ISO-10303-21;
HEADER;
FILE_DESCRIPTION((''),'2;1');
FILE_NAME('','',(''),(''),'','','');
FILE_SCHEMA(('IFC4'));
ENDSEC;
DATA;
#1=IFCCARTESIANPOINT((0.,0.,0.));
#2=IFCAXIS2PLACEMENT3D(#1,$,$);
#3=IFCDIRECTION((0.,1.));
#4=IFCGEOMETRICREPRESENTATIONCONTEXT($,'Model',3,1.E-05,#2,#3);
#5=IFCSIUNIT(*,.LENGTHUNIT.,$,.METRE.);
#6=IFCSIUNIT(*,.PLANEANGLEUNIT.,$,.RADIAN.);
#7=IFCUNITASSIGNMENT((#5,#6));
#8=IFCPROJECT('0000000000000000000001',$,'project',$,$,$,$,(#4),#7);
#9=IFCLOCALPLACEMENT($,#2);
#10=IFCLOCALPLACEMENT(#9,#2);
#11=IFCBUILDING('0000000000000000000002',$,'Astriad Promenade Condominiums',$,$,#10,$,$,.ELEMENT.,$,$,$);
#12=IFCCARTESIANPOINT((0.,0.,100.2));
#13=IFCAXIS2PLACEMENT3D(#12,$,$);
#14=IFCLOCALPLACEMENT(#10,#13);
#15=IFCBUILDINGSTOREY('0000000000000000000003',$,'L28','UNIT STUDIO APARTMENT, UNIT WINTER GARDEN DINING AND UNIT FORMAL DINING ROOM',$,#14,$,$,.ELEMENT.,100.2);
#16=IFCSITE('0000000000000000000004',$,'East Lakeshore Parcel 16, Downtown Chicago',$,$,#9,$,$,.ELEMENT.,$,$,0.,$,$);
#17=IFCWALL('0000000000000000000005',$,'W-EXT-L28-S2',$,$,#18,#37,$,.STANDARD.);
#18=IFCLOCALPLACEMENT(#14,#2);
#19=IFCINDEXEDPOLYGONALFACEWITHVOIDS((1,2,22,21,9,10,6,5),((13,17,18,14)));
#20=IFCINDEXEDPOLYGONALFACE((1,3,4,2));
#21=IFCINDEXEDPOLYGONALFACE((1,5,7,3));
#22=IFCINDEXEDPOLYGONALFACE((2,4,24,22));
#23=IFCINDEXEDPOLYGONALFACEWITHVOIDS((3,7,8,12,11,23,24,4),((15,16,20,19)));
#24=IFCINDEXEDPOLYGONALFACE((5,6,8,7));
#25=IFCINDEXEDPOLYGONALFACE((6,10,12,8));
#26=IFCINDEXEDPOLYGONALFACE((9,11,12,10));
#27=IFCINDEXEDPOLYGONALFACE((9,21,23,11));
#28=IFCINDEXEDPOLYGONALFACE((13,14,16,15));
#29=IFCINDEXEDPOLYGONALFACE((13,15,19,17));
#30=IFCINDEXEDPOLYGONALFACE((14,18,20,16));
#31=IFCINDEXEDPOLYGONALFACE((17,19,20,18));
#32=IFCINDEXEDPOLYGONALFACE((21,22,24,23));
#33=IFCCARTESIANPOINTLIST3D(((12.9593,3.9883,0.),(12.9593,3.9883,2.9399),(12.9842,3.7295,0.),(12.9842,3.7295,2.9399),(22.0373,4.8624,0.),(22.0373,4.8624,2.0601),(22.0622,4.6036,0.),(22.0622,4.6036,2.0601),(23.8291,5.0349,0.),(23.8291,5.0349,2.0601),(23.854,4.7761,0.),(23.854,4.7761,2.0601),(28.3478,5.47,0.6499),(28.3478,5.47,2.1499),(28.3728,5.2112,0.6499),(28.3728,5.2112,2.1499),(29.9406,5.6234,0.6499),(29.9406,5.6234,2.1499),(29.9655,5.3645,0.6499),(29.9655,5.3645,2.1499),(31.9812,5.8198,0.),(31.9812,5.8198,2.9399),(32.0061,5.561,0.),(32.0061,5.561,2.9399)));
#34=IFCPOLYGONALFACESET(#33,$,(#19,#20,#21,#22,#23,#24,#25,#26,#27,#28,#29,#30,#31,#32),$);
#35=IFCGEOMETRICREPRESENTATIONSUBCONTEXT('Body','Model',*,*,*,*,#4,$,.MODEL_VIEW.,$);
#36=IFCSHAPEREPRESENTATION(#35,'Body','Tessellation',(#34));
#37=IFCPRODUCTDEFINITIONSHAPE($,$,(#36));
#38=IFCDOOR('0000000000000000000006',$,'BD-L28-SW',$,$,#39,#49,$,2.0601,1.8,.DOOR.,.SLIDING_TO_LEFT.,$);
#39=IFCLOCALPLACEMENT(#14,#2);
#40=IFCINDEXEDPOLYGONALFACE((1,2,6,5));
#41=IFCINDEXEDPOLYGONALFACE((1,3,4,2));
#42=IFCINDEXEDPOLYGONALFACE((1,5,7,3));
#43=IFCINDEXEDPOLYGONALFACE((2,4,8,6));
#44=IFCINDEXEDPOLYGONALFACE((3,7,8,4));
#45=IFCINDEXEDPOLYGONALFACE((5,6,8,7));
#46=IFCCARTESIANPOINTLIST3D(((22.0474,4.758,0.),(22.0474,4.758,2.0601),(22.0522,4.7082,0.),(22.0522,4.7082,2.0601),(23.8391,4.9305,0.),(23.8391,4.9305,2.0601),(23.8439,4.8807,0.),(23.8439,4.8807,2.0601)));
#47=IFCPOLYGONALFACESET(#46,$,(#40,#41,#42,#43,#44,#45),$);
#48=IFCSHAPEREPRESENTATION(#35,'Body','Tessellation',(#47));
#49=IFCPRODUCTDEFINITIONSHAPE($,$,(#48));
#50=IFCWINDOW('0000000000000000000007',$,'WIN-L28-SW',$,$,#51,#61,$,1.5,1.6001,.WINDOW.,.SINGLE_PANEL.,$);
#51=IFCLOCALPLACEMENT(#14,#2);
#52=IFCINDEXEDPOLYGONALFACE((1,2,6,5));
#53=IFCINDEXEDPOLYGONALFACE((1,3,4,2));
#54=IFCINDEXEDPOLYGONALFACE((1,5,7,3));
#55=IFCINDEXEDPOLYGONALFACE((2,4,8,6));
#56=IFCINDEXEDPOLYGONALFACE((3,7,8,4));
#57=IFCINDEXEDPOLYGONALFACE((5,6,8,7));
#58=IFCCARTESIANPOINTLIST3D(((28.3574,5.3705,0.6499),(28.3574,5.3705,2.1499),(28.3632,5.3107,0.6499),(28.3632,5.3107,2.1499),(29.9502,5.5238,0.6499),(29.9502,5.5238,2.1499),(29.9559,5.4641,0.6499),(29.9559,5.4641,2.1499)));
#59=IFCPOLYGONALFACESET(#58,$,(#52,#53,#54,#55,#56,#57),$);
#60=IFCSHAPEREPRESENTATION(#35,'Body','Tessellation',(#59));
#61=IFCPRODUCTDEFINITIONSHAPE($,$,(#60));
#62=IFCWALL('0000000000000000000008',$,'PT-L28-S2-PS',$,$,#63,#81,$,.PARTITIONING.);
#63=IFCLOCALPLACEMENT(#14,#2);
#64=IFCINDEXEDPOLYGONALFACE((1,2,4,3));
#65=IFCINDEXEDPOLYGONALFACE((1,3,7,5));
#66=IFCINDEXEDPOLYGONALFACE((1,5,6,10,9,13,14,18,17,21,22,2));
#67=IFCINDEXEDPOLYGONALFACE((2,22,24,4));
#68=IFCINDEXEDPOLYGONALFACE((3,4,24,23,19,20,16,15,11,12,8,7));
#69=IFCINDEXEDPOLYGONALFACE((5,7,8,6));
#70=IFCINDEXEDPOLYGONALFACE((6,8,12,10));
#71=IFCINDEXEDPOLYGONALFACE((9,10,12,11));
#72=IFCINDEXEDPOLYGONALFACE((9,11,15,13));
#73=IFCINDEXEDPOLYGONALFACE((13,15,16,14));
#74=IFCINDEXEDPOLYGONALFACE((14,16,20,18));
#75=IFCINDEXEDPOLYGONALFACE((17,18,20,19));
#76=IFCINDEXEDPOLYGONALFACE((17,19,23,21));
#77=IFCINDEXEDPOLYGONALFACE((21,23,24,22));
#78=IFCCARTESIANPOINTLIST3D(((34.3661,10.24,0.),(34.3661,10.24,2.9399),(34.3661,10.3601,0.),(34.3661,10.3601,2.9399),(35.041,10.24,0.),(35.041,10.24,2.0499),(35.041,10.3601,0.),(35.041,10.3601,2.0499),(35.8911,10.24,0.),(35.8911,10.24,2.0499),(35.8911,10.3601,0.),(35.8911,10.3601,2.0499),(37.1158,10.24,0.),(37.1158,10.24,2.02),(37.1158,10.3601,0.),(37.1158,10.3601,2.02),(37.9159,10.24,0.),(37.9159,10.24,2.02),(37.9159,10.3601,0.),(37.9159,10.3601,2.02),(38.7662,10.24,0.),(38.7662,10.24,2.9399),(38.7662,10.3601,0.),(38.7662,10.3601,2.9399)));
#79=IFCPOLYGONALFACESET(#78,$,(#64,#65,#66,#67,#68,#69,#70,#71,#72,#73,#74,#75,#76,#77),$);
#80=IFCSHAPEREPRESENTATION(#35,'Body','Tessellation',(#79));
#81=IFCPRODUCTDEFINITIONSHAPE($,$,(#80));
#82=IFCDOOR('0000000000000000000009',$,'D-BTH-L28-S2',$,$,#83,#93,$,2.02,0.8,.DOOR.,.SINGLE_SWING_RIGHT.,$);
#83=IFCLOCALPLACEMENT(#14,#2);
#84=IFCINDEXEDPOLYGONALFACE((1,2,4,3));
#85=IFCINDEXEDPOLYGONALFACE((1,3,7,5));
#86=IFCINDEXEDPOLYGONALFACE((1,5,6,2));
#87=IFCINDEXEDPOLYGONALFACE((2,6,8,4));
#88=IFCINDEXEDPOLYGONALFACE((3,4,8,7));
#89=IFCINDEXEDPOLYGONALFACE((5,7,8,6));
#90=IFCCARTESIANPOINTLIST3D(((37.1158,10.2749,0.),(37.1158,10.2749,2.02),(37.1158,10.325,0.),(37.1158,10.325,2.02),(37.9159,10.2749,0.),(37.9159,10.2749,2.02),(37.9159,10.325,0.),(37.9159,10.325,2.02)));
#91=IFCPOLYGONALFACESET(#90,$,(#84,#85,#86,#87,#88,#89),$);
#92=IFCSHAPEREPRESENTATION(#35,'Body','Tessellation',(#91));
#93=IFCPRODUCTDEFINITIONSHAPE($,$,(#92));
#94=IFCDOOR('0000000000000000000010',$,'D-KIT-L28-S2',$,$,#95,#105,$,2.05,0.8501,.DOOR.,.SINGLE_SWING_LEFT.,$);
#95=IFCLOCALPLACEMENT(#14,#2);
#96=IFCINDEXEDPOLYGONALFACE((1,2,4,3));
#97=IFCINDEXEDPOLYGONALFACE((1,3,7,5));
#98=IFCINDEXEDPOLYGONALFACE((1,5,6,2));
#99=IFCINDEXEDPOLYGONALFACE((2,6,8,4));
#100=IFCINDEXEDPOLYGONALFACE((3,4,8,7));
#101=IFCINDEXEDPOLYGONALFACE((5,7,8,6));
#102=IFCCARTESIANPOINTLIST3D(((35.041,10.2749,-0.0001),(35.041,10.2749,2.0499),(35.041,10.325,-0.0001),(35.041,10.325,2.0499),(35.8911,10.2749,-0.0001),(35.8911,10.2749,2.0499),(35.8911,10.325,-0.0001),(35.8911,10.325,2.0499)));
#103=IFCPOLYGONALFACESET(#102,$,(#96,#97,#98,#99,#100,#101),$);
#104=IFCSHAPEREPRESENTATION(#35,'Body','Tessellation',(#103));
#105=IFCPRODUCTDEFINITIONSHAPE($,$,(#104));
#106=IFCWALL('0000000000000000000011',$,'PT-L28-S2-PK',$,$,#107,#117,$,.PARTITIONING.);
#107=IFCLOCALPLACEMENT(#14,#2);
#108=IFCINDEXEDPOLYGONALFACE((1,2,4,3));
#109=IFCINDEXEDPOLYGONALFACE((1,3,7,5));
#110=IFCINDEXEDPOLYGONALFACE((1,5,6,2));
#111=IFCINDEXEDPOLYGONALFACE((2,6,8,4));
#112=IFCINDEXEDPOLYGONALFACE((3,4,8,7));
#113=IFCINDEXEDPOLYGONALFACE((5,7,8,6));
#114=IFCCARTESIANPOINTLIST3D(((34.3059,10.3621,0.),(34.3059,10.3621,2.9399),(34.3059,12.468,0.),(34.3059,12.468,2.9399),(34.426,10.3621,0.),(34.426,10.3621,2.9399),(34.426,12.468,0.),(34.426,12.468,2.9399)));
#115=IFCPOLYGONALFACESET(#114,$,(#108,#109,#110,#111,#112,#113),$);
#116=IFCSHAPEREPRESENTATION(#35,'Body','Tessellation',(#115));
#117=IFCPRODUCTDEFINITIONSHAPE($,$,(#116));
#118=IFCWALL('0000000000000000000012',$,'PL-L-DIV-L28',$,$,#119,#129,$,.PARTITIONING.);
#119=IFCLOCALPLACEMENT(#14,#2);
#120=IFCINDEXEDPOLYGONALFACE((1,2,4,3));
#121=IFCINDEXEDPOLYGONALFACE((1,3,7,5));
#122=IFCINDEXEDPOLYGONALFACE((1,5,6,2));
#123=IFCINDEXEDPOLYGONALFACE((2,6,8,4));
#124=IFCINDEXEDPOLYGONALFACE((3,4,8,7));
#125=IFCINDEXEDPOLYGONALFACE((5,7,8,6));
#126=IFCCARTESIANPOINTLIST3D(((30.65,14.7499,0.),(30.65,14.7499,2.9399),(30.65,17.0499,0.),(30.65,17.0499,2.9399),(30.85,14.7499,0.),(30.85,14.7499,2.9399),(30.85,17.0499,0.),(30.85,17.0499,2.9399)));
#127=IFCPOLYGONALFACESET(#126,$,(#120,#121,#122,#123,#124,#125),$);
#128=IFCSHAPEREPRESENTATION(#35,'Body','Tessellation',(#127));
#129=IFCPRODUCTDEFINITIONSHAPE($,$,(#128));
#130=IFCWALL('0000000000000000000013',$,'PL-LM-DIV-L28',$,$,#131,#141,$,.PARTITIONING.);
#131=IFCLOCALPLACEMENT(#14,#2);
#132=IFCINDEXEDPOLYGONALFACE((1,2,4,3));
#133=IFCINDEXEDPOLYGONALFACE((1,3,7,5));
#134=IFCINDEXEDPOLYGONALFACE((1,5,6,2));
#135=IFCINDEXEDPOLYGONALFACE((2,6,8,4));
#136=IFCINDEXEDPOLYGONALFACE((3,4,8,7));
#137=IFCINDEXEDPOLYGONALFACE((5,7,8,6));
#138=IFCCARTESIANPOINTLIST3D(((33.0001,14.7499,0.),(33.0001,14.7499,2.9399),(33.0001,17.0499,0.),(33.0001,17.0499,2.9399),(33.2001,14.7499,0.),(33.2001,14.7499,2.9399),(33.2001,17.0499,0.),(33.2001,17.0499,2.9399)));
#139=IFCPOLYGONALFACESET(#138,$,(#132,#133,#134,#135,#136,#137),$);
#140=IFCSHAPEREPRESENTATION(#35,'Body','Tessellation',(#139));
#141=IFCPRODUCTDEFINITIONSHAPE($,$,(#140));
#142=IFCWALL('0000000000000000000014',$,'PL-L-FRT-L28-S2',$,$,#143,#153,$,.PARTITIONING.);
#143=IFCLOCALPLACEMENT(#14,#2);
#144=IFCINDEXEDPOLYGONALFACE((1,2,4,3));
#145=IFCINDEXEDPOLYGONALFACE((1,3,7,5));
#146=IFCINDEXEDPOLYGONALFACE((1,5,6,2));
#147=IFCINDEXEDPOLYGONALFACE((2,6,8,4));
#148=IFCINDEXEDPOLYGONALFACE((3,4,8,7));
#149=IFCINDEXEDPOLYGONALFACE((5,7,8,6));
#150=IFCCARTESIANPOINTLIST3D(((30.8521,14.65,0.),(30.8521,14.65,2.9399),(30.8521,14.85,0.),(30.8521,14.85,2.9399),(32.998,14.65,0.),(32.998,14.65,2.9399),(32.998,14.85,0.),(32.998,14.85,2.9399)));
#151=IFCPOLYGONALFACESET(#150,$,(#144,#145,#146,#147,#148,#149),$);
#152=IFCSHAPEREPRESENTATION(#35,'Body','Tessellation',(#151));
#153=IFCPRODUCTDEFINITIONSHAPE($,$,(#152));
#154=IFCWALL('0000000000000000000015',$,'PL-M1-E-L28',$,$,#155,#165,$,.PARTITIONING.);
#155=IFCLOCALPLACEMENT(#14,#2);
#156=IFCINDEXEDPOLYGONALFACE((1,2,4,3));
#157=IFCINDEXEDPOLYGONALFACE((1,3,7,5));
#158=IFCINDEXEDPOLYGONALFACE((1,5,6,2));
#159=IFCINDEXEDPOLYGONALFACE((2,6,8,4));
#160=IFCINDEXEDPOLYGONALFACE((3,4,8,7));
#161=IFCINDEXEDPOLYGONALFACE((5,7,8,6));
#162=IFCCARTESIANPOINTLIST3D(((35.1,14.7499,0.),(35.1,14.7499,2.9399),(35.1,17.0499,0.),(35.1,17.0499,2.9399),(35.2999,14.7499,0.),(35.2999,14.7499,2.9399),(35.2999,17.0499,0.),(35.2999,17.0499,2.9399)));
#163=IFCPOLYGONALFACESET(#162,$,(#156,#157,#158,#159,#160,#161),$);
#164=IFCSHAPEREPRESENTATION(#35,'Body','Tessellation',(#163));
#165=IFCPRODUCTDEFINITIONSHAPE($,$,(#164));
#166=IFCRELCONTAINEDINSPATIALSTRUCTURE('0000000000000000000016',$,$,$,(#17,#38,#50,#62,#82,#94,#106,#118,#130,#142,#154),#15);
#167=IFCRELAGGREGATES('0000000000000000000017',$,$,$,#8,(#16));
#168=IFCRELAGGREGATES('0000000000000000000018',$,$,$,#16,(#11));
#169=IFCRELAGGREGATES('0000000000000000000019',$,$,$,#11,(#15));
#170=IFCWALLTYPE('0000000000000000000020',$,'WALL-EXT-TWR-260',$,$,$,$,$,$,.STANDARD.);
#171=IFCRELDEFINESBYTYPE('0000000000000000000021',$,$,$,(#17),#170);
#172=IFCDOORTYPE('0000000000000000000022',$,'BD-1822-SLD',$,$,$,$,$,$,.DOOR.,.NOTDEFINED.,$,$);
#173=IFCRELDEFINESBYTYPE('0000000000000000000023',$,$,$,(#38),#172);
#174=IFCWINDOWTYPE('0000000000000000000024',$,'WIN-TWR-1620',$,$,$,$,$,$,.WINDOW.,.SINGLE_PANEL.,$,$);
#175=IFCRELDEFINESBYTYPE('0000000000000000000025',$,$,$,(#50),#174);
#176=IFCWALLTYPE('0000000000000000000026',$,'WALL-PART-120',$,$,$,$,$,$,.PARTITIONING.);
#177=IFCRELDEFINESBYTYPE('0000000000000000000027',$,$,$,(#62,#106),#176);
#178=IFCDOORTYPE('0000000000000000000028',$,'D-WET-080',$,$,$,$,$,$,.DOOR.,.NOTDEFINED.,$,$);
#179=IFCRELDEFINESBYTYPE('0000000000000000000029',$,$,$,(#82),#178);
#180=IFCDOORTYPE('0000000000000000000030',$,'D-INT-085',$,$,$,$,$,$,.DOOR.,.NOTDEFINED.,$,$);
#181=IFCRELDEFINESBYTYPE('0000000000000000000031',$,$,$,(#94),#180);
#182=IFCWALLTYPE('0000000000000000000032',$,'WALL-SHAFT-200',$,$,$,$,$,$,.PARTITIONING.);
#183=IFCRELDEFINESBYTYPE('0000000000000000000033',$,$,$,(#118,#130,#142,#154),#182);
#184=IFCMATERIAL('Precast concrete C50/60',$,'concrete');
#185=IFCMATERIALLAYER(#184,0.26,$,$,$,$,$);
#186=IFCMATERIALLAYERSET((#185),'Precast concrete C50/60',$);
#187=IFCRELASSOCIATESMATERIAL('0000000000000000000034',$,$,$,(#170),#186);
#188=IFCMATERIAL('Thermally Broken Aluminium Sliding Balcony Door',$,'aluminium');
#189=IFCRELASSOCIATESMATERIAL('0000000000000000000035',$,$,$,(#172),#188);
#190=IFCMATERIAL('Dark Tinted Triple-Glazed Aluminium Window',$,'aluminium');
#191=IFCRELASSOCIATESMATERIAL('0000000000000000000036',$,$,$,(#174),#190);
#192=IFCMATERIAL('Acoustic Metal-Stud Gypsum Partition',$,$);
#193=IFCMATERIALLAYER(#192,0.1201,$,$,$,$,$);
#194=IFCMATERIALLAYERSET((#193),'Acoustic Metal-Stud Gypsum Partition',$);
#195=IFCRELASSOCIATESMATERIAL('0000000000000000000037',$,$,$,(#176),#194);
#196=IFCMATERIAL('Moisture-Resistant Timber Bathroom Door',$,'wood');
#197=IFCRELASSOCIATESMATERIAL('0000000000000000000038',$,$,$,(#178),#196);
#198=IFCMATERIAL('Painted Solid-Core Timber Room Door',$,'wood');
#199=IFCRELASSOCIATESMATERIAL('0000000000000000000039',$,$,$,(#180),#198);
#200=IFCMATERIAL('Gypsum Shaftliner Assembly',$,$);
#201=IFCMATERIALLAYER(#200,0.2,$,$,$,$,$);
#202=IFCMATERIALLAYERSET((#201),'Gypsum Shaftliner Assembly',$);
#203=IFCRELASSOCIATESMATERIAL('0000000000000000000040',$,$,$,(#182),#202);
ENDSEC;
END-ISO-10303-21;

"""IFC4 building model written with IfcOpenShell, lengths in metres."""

from ifc_helpers import new_model, si_unit, direction, frame, frame_2d, origin, place, context, subcontext, project, spatial, rectangle, extrude, source, transform, mapped, material, layer, layer_set, type_object, type_shapes, element, fill, save


model = new_model("IFC4")

# Units and contexts
model_context = context("Model", 3, precision=1e-05, world=origin(), true_north=direction((0.0, 1.0)))
body_context = subcontext(model_context, "Body", "Model", "MODEL_VIEW")
ifc_project = project(units=[si_unit("LENGTHUNIT", "METRE"), si_unit("PLANEANGLEUNIT", "RADIAN")], contexts=[model_context])

# Site, building, storey
site_placement = place(None, origin())
site = spatial("IfcSite", under=ifc_project, at=site_placement, Name="East Lakeshore Parcel 16, Downtown Chicago", CompositionType="ELEMENT", RefElevation=0.0)
building_placement = place(site_placement, origin())
building = spatial("IfcBuilding", under=site, at=building_placement, Name="Astriad Promenade Condominiums", CompositionType="ELEMENT")
storey_placement = place(building_placement, frame((0.0, 0.0, 100.2)))
storey = spatial("IfcBuildingStorey", under=building, at=storey_placement, Name="L28", Description="UNIT STUDIO APARTMENT, UNIT WINTER GARDEN DINING AND UNIT FORMAL DINING ROOM", CompositionType="ELEMENT", Elevation=100.2)

# Wall, openings, door, window
ifc_material_1 = material(Name="Precast concrete C50/60", Category="concrete")
ifc_layer_1 = layer(ifc_material_1, 0.26)
ifc_layer_set_1 = layer_set([ifc_layer_1], Name="Precast concrete C50/60")
wall_type_1 = type_object("IfcWallType", Name="WALL-EXT-TWR-260", PredefinedType="STANDARD", material=ifc_layer_set_1)
wall_1_placement = place(storey_placement, frame((31.9937, 5.6904, 0.0), z_axis=(0.0, 0.0, 1.0), x_axis=(-0.995397, -0.095842, 0.0)))
wall_1 = element("IfcWall", 1, at=wall_1_placement, inside=storey, type_object=wall_type_1, Name="W-EXT-L28-S2", PredefinedType="STANDARD", context=body_context, shape_type="SweptSolid", body=[
    extrude(rectangle(XDim=19.1099, YDim=0.26, at=frame_2d((9.5549, 0.0))), origin(), (0.0, 0.0, 1.0), 2.9399),
])
opening_1_placement = place(wall_1_placement, frame((8.1899, 0.0, 0.0)))
opening_1 = element("IfcOpeningElement", 2, at=opening_1_placement, cuts=wall_1, PredefinedType="OPENING", context=body_context, shape_type="SweptSolid", body=[
    extrude(rectangle(XDim=1.8, YDim=2.0601, at=frame_2d((0.8999, 1.03))), frame((0.0, 0.1399, 0.0), z_axis=(0.0, -1.0, 0.0), x_axis=(1.0, 0.0, 0.0)), (0.0, 0.0, 1.0), 0.28),
])
opening_2_placement = place(wall_1_placement, frame((2.05, 0.0, 0.6499)))
opening_2 = element("IfcOpeningElement", 3, at=opening_2_placement, cuts=wall_1, PredefinedType="OPENING", context=body_context, shape_type="SweptSolid", body=[
    extrude(rectangle(XDim=1.6001, YDim=1.5, at=frame_2d((0.8, 0.75))), frame((0.0, 0.1399, 0.0), z_axis=(0.0, -1.0, 0.0), x_axis=(1.0, 0.0, 0.0)), (0.0, 0.0, 1.0), 0.28),
])
ifc_material_2 = material(Name="Thermally Broken Aluminium Sliding Balcony Door", Category="aluminium")
door_type_1 = type_object("IfcDoorType", Name="BD-1822-SLD", OperationType="NOTDEFINED", PredefinedType="DOOR", material=ifc_material_2)
shared_shape_1 = source(origin(), body_context, "Body", "SweptSolid", [
    extrude(rectangle(XDim=1.8, YDim=2.0601, at=frame_2d((0.8999, 1.03))), frame((0.0, 0.0249, 0.0), z_axis=(0.0, -1.0, 0.0), x_axis=(1.0, 0.0, 0.0)), (0.0, 0.0, 1.0), 0.05),
])
type_shapes(door_type_1, [shared_shape_1])
door_1_placement = place(opening_1_placement, origin())
door_1 = element("IfcDoor", 4, at=door_1_placement, inside=storey, type_object=door_type_1, Name="BD-L28-SW", OperationType="SLIDING_TO_LEFT", OverallHeight=2.0601, OverallWidth=1.8, PredefinedType="DOOR", context=body_context, shape_type="MappedRepresentation", body=[
    mapped(shared_shape_1, transform((0.0, 0.0, 0.0), scale=1.0)),
])
fill(opening_1, door_1)
ifc_material_3 = material(Name="Dark Tinted Triple-Glazed Aluminium Window", Category="aluminium")
window_type = type_object("IfcWindowType", Name="WIN-TWR-1620", PartitioningType="SINGLE_PANEL", PredefinedType="WINDOW", material=ifc_material_3)
shared_shape_2 = source(origin(), body_context, "Body", "SweptSolid", [
    extrude(rectangle(XDim=1.6001, YDim=1.5, at=frame_2d((0.8, 0.75))), frame((0.0, 0.03, 0.0), z_axis=(0.0, -1.0, 0.0), x_axis=(1.0, 0.0, 0.0)), (0.0, 0.0, 1.0), 0.0601),
])
type_shapes(window_type, [shared_shape_2])
window_placement = place(opening_2_placement, origin())
window = element("IfcWindow", 5, at=window_placement, inside=storey, type_object=window_type, Name="WIN-L28-SW", OverallHeight=1.5, OverallWidth=1.6001, PartitioningType="SINGLE_PANEL", PredefinedType="WINDOW", context=body_context, shape_type="MappedRepresentation", body=[
    mapped(shared_shape_2, transform((0.0, 0.0, 0.0), scale=1.0)),
])
fill(opening_2, window)

# Wall, openings, doors
ifc_material_4 = material(Name="Acoustic Metal-Stud Gypsum Partition")
ifc_layer_2 = layer(ifc_material_4, 0.1201)
ifc_layer_set_2 = layer_set([ifc_layer_2], Name="Acoustic Metal-Stud Gypsum Partition")
wall_type_2 = type_object("IfcWallType", Name="WALL-PART-120", PredefinedType="PARTITIONING", material=ifc_layer_set_2)
wall_2_placement = place(storey_placement, frame((34.366, 10.3, 0.0), z_axis=(0.0, 0.0, 1.0), x_axis=(1.0, 0.0, 0.0)))
wall_2 = element("IfcWall", 6, at=wall_2_placement, inside=storey, type_object=wall_type_2, Name="PT-L28-S2-PS", PredefinedType="PARTITIONING", context=body_context, shape_type="SweptSolid", body=[
    extrude(rectangle(XDim=4.4001, YDim=0.1201, at=frame_2d((2.2002, 0.0))), origin(), (0.0, 0.0, 1.0), 2.9399),
])
opening_3_placement = place(wall_2_placement, frame((0.675, 0.0, 0.0)))
opening_3 = element("IfcOpeningElement", 7, at=opening_3_placement, cuts=wall_2, PredefinedType="OPENING", context=body_context, shape_type="SweptSolid", body=[
    extrude(rectangle(XDim=0.8501, YDim=2.05, at=frame_2d((0.425, 1.0249))), frame((0.0, 0.0701, 0.0), z_axis=(0.0, -1.0, 0.0), x_axis=(1.0, 0.0, 0.0)), (0.0, 0.0, 1.0), 0.1401),
])
opening_4_placement = place(wall_2_placement, frame((2.75, 0.0, 0.0)))
opening_4 = element("IfcOpeningElement", 8, at=opening_4_placement, cuts=wall_2, PredefinedType="OPENING", context=body_context, shape_type="SweptSolid", body=[
    extrude(rectangle(XDim=0.8, YDim=2.02, at=frame_2d((0.3999, 1.01))), frame((0.0, 0.0701, 0.0), z_axis=(0.0, -1.0, 0.0), x_axis=(1.0, 0.0, 0.0)), (0.0, 0.0, 1.0), 0.1401),
])
ifc_material_5 = material(Name="Moisture-Resistant Timber Bathroom Door", Category="wood")
door_type_2 = type_object("IfcDoorType", Name="D-WET-080", OperationType="NOTDEFINED", PredefinedType="DOOR", material=ifc_material_5)
shared_shape_3 = source(origin(), body_context, "Body", "SweptSolid", [
    extrude(rectangle(XDim=0.8, YDim=2.02, at=frame_2d((0.3999, 1.01))), frame((0.0, 0.0249, 0.0), z_axis=(0.0, -1.0, 0.0), x_axis=(1.0, 0.0, 0.0)), (0.0, 0.0, 1.0), 0.05),
])
type_shapes(door_type_2, [shared_shape_3])
door_2_placement = place(opening_4_placement, origin())
door_2 = element("IfcDoor", 9, at=door_2_placement, inside=storey, type_object=door_type_2, Name="D-BTH-L28-S2", OperationType="SINGLE_SWING_RIGHT", OverallHeight=2.02, OverallWidth=0.8, PredefinedType="DOOR", context=body_context, shape_type="MappedRepresentation", body=[
    mapped(shared_shape_3, transform((0.0, 0.0, 0.0), scale=1.0)),
])
fill(opening_4, door_2)
ifc_material_6 = material(Name="Painted Solid-Core Timber Room Door", Category="wood")
door_type_3 = type_object("IfcDoorType", Name="D-INT-085", OperationType="NOTDEFINED", PredefinedType="DOOR", material=ifc_material_6)
shared_shape_4 = source(origin(), body_context, "Body", "SweptSolid", [
    extrude(rectangle(XDim=0.8501, YDim=2.05, at=frame_2d((0.425, 1.0249))), frame((0.0, 0.0249, 0.0), z_axis=(0.0, -1.0, 0.0), x_axis=(1.0, 0.0, 0.0)), (0.0, 0.0, 1.0), 0.05),
])
type_shapes(door_type_3, [shared_shape_4])
door_3_placement = place(opening_3_placement, origin())
door_3 = element("IfcDoor", 10, at=door_3_placement, inside=storey, type_object=door_type_3, Name="D-KIT-L28-S2", OperationType="SINGLE_SWING_LEFT", OverallHeight=2.05, OverallWidth=0.8501, PredefinedType="DOOR", context=body_context, shape_type="MappedRepresentation", body=[
    mapped(shared_shape_4, transform((0.0, 0.0, 0.0), scale=1.0)),
])
fill(opening_3, door_3)

# Walls
wall_3_placement = place(storey_placement, frame((34.366, 10.3621, 0.0), z_axis=(0.0, 0.0, 1.0), x_axis=(0.0, 1.0, 0.0)))
element("IfcWall", 11, at=wall_3_placement, inside=storey, type_object=wall_type_2, Name="PT-L28-S2-PK", PredefinedType="PARTITIONING", context=body_context, shape_type="SweptSolid", body=[
    extrude(rectangle(XDim=2.106, YDim=0.1201, at=frame_2d((1.053, 0.0))), origin(), (0.0, 0.0, 1.0), 2.9399),
])
ifc_material_7 = material(Name="Gypsum Shaftliner Assembly")
ifc_layer_3 = layer(ifc_material_7, 0.2)
ifc_layer_set_3 = layer_set([ifc_layer_3], Name="Gypsum Shaftliner Assembly")
wall_type_3 = type_object("IfcWallType", Name="WALL-SHAFT-200", PredefinedType="PARTITIONING", material=ifc_layer_set_3)
for number, where, z_axis, x_axis, name in (
    (12, (30.75, 14.75, 0.0), (0.0, 0.0, 1.0), (0.0, 1.0, 0.0), "PL-L-DIV-L28"),
    (13, (33.1001, 14.75, 0.0), (0.0, 0.0, 1.0), (0.0, 1.0, 0.0), "PL-LM-DIV-L28"),
):
    element("IfcWall", number, at=place(storey_placement, frame(where, z_axis=z_axis, x_axis=x_axis)), inside=storey, type_object=wall_type_3, Name=name, PredefinedType="PARTITIONING", context=body_context, shape_type="SweptSolid", body=[
        extrude(rectangle(XDim=2.3, YDim=0.2, at=frame_2d((1.1499, 0.0))), origin(), (0.0, 0.0, 1.0), 2.9399),
    ])
wall_4_placement = place(storey_placement, frame((30.8521, 14.75, 0.0), z_axis=(0.0, 0.0, 1.0), x_axis=(1.0, 0.0, 0.0)))
element("IfcWall", 14, at=wall_4_placement, inside=storey, type_object=wall_type_3, Name="PL-L-FRT-L28-S2", PredefinedType="PARTITIONING", context=body_context, shape_type="SweptSolid", body=[
    extrude(rectangle(XDim=2.146, YDim=0.2, at=frame_2d((1.073, 0.0))), origin(), (0.0, 0.0, 1.0), 2.9399),
])
wall_5_placement = place(storey_placement, frame((35.2, 14.75, 0.0), z_axis=(0.0, 0.0, 1.0), x_axis=(0.0, 1.0, 0.0)))
element("IfcWall", 15, at=wall_5_placement, inside=storey, type_object=wall_type_3, Name="PL-M1-E-L28", PredefinedType="PARTITIONING", context=body_context, shape_type="SweptSolid", body=[
    extrude(rectangle(XDim=2.3, YDim=0.2, at=frame_2d((1.1499, 0.0))), origin(), (0.0, 0.0, 1.0), 2.9399),
])

save(model, "model.ifc")
